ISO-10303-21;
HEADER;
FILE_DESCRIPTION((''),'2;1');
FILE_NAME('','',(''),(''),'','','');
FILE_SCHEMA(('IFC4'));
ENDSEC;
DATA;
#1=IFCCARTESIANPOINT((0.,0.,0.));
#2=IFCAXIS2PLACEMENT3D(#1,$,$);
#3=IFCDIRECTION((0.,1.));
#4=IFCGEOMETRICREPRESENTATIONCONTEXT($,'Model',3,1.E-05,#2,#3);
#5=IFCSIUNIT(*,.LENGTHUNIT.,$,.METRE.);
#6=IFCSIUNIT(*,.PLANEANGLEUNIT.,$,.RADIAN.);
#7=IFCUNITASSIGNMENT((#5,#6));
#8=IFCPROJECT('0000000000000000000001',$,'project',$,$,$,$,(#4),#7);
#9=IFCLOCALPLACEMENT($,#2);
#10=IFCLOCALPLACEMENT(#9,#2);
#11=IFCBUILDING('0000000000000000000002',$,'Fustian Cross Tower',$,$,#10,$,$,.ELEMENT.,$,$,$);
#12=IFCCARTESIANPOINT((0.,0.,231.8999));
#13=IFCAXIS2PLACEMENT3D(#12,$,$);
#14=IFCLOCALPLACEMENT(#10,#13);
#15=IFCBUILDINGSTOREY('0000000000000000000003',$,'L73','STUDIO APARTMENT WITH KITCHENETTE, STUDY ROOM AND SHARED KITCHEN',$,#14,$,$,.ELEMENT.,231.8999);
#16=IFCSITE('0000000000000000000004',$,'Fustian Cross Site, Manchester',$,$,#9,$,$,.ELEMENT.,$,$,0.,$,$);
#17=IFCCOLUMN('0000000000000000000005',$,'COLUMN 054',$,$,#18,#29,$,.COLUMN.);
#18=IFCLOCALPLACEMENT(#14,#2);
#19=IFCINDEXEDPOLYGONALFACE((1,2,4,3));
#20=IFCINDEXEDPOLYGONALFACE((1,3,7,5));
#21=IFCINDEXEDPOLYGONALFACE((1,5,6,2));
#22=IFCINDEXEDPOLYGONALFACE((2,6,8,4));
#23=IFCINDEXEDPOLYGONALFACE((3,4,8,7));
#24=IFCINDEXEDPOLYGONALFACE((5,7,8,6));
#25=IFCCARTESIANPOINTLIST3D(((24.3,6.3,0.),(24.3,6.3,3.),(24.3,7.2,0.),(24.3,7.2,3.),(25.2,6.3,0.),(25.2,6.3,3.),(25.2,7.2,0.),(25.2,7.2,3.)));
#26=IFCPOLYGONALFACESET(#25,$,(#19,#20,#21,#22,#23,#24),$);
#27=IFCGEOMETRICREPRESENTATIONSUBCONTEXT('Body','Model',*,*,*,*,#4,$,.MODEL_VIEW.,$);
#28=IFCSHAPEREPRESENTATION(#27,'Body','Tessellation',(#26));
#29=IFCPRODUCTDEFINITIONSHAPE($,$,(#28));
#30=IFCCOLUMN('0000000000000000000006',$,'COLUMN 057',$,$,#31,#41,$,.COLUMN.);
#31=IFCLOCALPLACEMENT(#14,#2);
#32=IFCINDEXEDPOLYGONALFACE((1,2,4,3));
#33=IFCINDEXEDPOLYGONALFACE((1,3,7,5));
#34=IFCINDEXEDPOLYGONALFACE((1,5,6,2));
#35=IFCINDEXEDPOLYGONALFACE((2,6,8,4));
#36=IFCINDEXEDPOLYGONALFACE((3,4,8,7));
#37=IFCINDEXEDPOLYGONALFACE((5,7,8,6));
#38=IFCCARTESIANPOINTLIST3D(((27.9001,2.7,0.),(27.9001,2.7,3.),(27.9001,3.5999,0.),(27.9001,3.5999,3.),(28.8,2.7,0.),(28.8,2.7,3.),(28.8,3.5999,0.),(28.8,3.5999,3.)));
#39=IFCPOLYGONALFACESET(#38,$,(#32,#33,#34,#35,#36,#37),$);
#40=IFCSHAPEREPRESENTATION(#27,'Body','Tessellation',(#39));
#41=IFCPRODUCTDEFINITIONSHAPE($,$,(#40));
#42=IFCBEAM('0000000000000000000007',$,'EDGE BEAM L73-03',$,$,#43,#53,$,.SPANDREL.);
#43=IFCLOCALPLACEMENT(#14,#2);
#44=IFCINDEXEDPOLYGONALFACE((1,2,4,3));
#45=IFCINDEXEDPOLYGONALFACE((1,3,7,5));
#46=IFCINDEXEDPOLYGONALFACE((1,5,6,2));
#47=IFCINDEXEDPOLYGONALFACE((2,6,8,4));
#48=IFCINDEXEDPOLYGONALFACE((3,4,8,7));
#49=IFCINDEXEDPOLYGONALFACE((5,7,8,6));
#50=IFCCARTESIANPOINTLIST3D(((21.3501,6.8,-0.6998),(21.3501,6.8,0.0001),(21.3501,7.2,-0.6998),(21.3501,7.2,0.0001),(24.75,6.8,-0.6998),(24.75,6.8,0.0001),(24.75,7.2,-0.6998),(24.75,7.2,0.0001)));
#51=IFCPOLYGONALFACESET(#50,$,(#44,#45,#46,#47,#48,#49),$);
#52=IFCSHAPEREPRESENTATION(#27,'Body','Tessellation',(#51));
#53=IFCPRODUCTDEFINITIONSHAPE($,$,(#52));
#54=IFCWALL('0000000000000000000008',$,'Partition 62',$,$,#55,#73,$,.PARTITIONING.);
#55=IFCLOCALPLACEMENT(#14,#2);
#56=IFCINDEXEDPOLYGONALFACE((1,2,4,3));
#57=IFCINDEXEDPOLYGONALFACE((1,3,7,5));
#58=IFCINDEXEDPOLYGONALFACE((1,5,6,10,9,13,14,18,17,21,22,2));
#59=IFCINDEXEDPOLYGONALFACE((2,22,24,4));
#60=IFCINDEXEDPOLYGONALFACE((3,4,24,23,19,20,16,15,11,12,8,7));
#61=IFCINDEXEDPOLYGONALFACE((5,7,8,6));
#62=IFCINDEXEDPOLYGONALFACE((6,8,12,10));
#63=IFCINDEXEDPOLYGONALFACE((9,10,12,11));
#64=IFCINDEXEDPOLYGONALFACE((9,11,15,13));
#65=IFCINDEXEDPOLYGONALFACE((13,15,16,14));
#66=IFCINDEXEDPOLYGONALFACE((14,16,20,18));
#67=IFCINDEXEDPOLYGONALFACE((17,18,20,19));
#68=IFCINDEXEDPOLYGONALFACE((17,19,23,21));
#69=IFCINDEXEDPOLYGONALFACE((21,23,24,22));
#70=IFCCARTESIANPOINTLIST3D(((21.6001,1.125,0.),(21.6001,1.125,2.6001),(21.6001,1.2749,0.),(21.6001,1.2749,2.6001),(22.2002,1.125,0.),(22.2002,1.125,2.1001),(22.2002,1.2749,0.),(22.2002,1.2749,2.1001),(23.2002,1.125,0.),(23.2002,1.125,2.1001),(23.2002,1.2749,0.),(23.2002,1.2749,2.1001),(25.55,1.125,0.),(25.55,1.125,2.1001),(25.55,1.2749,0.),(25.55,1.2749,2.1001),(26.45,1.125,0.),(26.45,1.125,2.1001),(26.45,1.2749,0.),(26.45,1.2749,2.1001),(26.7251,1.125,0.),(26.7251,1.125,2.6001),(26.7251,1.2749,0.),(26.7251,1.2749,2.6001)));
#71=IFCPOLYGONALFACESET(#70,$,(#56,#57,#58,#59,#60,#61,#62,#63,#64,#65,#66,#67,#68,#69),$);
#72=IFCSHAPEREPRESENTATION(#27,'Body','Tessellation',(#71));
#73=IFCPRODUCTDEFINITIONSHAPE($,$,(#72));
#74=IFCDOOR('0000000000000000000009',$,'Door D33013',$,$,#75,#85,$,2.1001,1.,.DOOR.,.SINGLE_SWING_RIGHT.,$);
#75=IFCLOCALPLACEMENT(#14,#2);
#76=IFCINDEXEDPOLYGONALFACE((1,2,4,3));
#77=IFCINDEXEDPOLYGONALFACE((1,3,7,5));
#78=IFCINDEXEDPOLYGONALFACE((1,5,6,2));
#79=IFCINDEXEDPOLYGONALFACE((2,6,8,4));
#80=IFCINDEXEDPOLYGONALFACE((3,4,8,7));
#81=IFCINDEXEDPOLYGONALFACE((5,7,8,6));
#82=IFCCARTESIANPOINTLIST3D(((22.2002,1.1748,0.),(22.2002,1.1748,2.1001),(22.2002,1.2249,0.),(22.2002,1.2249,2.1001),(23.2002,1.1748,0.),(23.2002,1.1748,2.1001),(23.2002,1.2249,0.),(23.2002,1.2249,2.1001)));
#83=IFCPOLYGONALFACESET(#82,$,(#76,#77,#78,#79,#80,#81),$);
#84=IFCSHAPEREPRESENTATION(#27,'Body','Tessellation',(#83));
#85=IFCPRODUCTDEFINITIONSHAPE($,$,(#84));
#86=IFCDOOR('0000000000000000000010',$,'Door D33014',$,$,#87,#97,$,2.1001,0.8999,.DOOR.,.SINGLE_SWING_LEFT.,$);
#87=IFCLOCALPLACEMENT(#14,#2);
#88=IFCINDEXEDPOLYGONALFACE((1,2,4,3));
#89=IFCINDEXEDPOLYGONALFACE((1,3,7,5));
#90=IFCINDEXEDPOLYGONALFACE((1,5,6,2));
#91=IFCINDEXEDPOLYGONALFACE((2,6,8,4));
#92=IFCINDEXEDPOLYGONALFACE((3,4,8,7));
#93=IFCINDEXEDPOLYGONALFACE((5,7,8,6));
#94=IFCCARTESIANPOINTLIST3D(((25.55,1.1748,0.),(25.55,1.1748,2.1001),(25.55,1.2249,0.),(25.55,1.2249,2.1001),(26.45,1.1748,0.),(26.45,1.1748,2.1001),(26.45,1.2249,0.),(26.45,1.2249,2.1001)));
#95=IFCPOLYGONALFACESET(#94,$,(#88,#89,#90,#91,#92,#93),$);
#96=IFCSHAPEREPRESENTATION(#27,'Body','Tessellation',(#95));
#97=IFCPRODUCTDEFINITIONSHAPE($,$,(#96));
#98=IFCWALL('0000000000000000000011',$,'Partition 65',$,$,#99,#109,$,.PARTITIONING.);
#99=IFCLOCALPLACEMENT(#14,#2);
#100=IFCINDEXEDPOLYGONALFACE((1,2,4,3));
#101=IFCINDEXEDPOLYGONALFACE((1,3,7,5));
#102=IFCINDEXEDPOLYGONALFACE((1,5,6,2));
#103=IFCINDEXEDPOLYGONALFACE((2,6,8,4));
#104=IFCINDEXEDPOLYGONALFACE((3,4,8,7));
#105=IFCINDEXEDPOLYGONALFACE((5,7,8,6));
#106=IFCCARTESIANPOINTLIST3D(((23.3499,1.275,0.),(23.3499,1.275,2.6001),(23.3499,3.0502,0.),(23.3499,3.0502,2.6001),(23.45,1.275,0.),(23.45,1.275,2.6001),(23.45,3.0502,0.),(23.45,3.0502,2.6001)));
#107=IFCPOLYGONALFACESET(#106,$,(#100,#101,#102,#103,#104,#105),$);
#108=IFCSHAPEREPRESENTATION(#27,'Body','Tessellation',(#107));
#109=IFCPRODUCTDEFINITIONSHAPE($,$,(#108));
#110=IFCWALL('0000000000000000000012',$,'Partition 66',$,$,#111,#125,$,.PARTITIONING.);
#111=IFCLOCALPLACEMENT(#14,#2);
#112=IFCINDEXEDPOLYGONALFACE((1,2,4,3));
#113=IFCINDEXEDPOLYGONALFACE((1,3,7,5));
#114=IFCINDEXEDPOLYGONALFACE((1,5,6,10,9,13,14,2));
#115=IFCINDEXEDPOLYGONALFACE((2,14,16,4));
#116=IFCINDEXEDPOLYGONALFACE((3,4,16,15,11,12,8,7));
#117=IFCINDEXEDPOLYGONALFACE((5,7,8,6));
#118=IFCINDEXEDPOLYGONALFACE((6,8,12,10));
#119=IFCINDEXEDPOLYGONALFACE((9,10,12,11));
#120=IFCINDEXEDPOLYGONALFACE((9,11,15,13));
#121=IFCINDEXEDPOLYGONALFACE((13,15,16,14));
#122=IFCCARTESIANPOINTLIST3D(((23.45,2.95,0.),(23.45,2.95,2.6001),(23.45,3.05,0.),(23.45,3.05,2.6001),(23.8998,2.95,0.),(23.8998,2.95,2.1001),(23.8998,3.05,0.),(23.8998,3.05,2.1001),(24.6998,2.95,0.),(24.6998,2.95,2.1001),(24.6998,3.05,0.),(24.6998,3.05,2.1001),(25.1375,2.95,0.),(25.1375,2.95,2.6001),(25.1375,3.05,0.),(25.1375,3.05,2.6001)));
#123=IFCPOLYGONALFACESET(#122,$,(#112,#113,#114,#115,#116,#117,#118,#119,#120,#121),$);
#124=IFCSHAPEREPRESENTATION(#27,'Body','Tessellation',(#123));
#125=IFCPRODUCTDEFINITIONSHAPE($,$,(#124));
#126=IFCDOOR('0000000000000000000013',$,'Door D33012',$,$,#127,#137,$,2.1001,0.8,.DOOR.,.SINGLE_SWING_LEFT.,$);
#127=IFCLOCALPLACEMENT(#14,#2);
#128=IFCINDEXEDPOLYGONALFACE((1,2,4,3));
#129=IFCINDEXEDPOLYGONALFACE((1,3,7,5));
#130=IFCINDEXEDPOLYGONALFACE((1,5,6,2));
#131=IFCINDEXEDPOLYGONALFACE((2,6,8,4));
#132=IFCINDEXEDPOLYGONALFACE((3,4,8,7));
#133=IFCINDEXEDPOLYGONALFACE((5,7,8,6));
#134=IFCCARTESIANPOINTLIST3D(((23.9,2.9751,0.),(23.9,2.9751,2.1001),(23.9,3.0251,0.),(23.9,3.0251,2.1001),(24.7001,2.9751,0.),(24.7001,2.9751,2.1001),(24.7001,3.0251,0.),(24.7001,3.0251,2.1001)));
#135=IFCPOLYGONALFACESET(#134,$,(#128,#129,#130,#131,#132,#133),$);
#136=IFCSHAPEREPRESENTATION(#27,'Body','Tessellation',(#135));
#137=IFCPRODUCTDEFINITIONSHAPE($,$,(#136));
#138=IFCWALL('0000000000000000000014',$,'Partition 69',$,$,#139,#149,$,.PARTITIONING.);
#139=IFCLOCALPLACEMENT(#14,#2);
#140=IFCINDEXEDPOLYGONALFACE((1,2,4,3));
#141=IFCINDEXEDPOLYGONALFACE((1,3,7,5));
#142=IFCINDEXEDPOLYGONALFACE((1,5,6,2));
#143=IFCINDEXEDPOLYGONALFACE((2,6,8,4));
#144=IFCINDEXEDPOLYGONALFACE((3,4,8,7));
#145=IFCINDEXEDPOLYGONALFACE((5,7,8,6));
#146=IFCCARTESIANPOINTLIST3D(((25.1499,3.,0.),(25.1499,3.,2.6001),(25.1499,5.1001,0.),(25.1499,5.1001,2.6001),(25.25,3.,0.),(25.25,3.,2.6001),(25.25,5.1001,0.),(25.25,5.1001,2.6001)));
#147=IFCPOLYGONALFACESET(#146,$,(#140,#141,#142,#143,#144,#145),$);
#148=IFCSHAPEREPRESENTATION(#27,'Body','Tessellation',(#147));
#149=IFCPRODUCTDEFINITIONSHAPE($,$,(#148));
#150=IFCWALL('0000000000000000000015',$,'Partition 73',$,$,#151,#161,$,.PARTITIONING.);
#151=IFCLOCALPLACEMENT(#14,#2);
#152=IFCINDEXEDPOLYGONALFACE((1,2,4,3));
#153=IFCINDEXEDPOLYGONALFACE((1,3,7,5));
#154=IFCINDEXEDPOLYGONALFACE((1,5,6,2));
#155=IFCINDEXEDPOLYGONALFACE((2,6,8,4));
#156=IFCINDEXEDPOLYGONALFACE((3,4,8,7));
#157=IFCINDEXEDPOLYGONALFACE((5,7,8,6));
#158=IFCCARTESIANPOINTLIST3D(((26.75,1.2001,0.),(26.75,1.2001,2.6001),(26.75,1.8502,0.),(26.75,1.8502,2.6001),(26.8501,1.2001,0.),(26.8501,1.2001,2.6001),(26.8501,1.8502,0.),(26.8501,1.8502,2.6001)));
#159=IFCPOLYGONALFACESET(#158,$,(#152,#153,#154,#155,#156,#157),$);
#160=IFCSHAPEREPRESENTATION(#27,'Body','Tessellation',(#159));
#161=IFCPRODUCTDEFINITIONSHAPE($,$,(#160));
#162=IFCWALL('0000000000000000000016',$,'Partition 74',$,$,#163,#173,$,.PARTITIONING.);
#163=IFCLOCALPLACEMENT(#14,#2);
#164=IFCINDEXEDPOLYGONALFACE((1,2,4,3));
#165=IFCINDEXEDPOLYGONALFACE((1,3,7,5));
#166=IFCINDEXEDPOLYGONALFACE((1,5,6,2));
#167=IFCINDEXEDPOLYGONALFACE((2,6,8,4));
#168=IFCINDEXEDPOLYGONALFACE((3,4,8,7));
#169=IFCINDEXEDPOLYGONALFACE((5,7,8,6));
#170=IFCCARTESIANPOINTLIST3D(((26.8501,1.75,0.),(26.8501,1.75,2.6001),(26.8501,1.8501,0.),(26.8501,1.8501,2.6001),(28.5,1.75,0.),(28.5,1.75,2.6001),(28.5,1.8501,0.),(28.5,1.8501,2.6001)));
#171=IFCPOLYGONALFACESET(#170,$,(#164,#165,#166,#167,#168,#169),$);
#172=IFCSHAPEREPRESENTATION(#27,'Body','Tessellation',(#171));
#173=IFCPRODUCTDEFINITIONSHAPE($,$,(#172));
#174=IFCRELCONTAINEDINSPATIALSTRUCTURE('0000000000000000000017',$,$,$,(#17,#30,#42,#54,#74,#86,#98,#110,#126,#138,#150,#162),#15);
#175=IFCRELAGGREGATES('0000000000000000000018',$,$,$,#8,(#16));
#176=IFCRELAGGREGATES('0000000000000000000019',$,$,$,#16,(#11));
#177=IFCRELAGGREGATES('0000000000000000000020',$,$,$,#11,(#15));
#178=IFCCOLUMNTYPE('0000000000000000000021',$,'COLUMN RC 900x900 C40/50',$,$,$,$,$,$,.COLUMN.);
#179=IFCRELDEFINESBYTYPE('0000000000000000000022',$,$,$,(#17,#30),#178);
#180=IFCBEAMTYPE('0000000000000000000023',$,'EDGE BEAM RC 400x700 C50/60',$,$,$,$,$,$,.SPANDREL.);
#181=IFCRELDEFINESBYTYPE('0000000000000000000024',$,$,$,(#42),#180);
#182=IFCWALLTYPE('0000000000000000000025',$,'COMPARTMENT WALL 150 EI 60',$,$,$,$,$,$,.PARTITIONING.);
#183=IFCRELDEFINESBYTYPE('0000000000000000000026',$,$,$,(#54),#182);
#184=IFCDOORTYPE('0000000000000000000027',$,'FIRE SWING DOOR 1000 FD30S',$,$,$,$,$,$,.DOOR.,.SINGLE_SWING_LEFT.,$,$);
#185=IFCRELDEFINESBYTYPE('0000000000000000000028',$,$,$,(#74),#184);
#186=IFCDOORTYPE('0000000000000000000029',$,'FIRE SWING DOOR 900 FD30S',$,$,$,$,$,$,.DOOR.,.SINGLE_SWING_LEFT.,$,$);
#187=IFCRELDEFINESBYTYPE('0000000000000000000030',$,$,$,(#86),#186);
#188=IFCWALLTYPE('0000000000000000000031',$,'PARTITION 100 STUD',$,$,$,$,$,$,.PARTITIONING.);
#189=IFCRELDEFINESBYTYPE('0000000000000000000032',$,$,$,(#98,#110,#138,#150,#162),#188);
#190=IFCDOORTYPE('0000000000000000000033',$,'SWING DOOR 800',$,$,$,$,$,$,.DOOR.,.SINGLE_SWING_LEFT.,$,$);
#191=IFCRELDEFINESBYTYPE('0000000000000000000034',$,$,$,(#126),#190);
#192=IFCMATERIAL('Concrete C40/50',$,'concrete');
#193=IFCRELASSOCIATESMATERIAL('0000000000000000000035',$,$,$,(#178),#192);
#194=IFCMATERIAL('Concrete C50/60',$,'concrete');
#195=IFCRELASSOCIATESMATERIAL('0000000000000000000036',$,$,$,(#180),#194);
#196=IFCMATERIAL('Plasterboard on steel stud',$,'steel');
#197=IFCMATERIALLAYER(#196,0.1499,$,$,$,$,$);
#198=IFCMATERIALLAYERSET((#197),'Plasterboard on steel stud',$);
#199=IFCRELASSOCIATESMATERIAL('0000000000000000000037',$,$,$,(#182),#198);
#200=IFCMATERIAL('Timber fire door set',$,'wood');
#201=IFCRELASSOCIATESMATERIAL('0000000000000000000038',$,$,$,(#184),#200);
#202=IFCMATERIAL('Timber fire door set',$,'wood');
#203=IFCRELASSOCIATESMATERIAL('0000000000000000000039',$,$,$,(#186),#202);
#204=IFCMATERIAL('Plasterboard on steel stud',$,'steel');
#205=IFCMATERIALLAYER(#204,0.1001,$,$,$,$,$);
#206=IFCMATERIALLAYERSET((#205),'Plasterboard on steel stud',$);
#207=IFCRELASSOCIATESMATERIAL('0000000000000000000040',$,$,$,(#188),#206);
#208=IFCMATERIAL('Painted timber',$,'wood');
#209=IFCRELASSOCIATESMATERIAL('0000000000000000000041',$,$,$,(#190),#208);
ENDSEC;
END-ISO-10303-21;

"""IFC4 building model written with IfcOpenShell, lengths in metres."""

from ifc_helpers import new_model, si_unit, direction, frame, frame_2d, origin, origin_2d, place, context, subcontext, project, spatial, rectangle, extrude, material, layer, layer_set, material_profile, profile_set, type_object, element, fill, save


model = new_model("IFC4")

# Units and contexts
model_context = context("Model", 3, precision=1e-05, world=origin(), true_north=direction((0.0, 1.0)))
body_context = subcontext(model_context, "Body", "Model", "MODEL_VIEW")
ifc_project = project(units=[si_unit("LENGTHUNIT", "METRE"), si_unit("PLANEANGLEUNIT", "RADIAN")], contexts=[model_context])

# Site, building, storey
site_placement = place(None, origin())
site = spatial("IfcSite", under=ifc_project, at=site_placement, Name="Fustian Cross Site, Manchester", CompositionType="ELEMENT", RefElevation=0.0)
building_placement = place(site_placement, origin())
building = spatial("IfcBuilding", under=site, at=building_placement, Name="Fustian Cross Tower", CompositionType="ELEMENT")
storey_placement = place(building_placement, frame((0.0, 0.0, 231.8999)))
storey = spatial("IfcBuildingStorey", under=building, at=storey_placement, Name="L73", Description="STUDIO APARTMENT WITH KITCHENETTE, STUDY ROOM AND SHARED KITCHEN", CompositionType="ELEMENT", Elevation=231.8999)

# Columns
ifc_material_1 = material(Name="Concrete C40/50", Category="concrete")
ifc_material_profile_1 = material_profile(ifc_material_1, rectangle(XDim=0.8999, YDim=0.8999, at=origin_2d()), Name="RC 900x900")
ifc_profile_set_1 = profile_set([ifc_material_profile_1], Name="Concrete C40/50")
column_type = type_object("IfcColumnType", Name="COLUMN RC 900x900 C40/50", PredefinedType="COLUMN", material=ifc_profile_set_1)
for number, where, z_axis, x_axis, name in (
    (1, (24.75, 6.75, 0.0), (0.0, 0.0, 1.0), (1.0, 0.0, 0.0), "COLUMN 054"),
    (2, (28.3501, 3.1499, 0.0), (0.0, 0.0, 1.0), (1.0, 0.0, 0.0), "COLUMN 057"),
):
    element("IfcColumn", number, at=place(storey_placement, frame(where, z_axis=z_axis, x_axis=x_axis)), inside=storey, type_object=column_type, Name=name, PredefinedType="COLUMN", context=body_context, shape_type="SweptSolid", body=[
        extrude(rectangle(XDim=0.8999, YDim=0.8999, at=origin_2d()), origin(), (0.0, 0.0, 1.0), 3.0),
    ])

# Beam
ifc_material_2 = material(Name="Concrete C50/60", Category="concrete")
ifc_material_profile_2 = material_profile(ifc_material_2, rectangle(XDim=0.3999, YDim=0.7, at=origin_2d()), Name="RC 400x700")
ifc_profile_set_2 = profile_set([ifc_material_profile_2], Name="Concrete C50/60")
beam_type = type_object("IfcBeamType", Name="EDGE BEAM RC 400x700 C50/60", PredefinedType="SPANDREL", material=ifc_profile_set_2)
beam_placement = place(storey_placement, frame((24.75, 7.0, -0.3499), z_axis=(-1.0, 0.0, 0.0), x_axis=(0.0, -1.0, 0.0)))
element("IfcBeam", 3, at=beam_placement, inside=storey, type_object=beam_type, Name="EDGE BEAM L73-03", PredefinedType="SPANDREL", context=body_context, shape_type="SweptSolid", body=[
    extrude(rectangle(XDim=0.3999, YDim=0.7, at=origin_2d()), origin(), (0.0, 0.0, 1.0), 3.3999),
])

# Wall, openings, doors
ifc_material_3 = material(Name="Plasterboard on steel stud", Category="steel")
ifc_layer_1 = layer(ifc_material_3, 0.1499)
ifc_layer_set_1 = layer_set([ifc_layer_1], Name="Plasterboard on steel stud")
wall_type_1 = type_object("IfcWallType", Name="COMPARTMENT WALL 150 EI 60", PredefinedType="PARTITIONING", material=ifc_layer_set_1)
wall_1_placement = place(storey_placement, frame((21.6001, 1.2, 0.0), z_axis=(0.0, 0.0, 1.0), x_axis=(1.0, 0.0, 0.0)))
wall_1 = element("IfcWall", 4, at=wall_1_placement, inside=storey, type_object=wall_type_1, Name="Partition 62", PredefinedType="PARTITIONING", context=body_context, shape_type="SweptSolid", body=[
    extrude(rectangle(XDim=5.125, YDim=0.1499, at=frame_2d((2.5625, 0.0))), origin(), (0.0, 0.0, 1.0), 2.6001),
])
opening_1_placement = place(wall_1_placement, frame((0.6001, 0.0, 0.0)))
opening_1 = element("IfcOpeningElement", 5, at=opening_1_placement, cuts=wall_1, PredefinedType="OPENING", context=body_context, shape_type="SweptSolid", body=[
    extrude(rectangle(XDim=1.0, YDim=2.1001, at=frame_2d((0.5, 1.05))), frame((0.0, 0.085, 0.0), z_axis=(0.0, -1.0, 0.0), x_axis=(1.0, 0.0, 0.0)), (0.0, 0.0, 1.0), 0.1699),
])
opening_2_placement = place(wall_1_placement, frame((3.95, 0.0, 0.0)))
opening_2 = element("IfcOpeningElement", 6, at=opening_2_placement, cuts=wall_1, PredefinedType="OPENING", context=body_context, shape_type="SweptSolid", body=[
    extrude(rectangle(XDim=0.8999, YDim=2.1001, at=frame_2d((0.45, 1.05))), frame((0.0, 0.085, 0.0), z_axis=(0.0, -1.0, 0.0), x_axis=(1.0, 0.0, 0.0)), (0.0, 0.0, 1.0), 0.1699),
])
ifc_material_4 = material(Name="Timber fire door set", Category="wood")
door_type_1 = type_object("IfcDoorType", Name="FIRE SWING DOOR 1000 FD30S", OperationType="SINGLE_SWING_LEFT", PredefinedType="DOOR", material=ifc_material_4)
door_1_placement = place(opening_1_placement, origin())
door_1 = element("IfcDoor", 7, at=door_1_placement, inside=storey, type_object=door_type_1, Name="Door D33013", OperationType="SINGLE_SWING_RIGHT", OverallHeight=2.1001, OverallWidth=1.0, PredefinedType="DOOR", context=body_context, shape_type="SweptSolid", body=[
    extrude(rectangle(XDim=1.0, YDim=2.1001, at=frame_2d((0.5, 1.05))), frame((0.0, 0.0249, 0.0), z_axis=(0.0, -1.0, 0.0), x_axis=(1.0, 0.0, 0.0)), (0.0, 0.0, 1.0), 0.05),
])
fill(opening_1, door_1)
ifc_material_5 = material(Name="Timber fire door set", Category="wood")
door_type_2 = type_object("IfcDoorType", Name="FIRE SWING DOOR 900 FD30S", OperationType="SINGLE_SWING_LEFT", PredefinedType="DOOR", material=ifc_material_5)
door_2_placement = place(opening_2_placement, origin())
door_2 = element("IfcDoor", 8, at=door_2_placement, inside=storey, type_object=door_type_2, Name="Door D33014", OperationType="SINGLE_SWING_LEFT", OverallHeight=2.1001, OverallWidth=0.8999, PredefinedType="DOOR", context=body_context, shape_type="SweptSolid", body=[
    extrude(rectangle(XDim=0.8999, YDim=2.1001, at=frame_2d((0.45, 1.05))), frame((0.0, 0.0249, 0.0), z_axis=(0.0, -1.0, 0.0), x_axis=(1.0, 0.0, 0.0)), (0.0, 0.0, 1.0), 0.05),
])
fill(opening_2, door_2)

# Wall
ifc_material_6 = material(Name="Plasterboard on steel stud", Category="steel")
ifc_layer_2 = layer(ifc_material_6, 0.1001)
ifc_layer_set_2 = layer_set([ifc_layer_2], Name="Plasterboard on steel stud")
wall_type_2 = type_object("IfcWallType", Name="PARTITION 100 STUD", PredefinedType="PARTITIONING", material=ifc_layer_set_2)
wall_2_placement = place(storey_placement, frame((23.3999, 1.2749, 0.0), z_axis=(0.0, 0.0, 1.0), x_axis=(0.0, 1.0, 0.0)))
element("IfcWall", 9, at=wall_2_placement, inside=storey, type_object=wall_type_2, Name="Partition 65", PredefinedType="PARTITIONING", context=body_context, shape_type="SweptSolid", body=[
    extrude(rectangle(XDim=1.7751, YDim=0.1001, at=frame_2d((0.8877, 0.0))), origin(), (0.0, 0.0, 1.0), 2.6001),
])

# Wall, opening, door
wall_3_placement = place(storey_placement, frame((23.45, 3.0, 0.0), z_axis=(0.0, 0.0, 1.0), x_axis=(1.0, 0.0, 0.0)))
wall_3 = element("IfcWall", 10, at=wall_3_placement, inside=storey, type_object=wall_type_2, Name="Partition 66", PredefinedType="PARTITIONING", context=body_context, shape_type="SweptSolid", body=[
    extrude(rectangle(XDim=1.6875, YDim=0.1001, at=frame_2d((0.8438, 0.0))), origin(), (0.0, 0.0, 1.0), 2.6001),
])
opening_3_placement = place(wall_3_placement, frame((0.45, 0.0, 0.0)))
opening_3 = element("IfcOpeningElement", 11, at=opening_3_placement, cuts=wall_3, PredefinedType="OPENING", context=body_context, shape_type="SweptSolid", body=[
    extrude(rectangle(XDim=0.8, YDim=2.1001, at=frame_2d((0.3999, 1.05))), frame((0.0, 0.0601, 0.0), z_axis=(0.0, -1.0, 0.0), x_axis=(1.0, 0.0, 0.0)), (0.0, 0.0, 1.0), 0.1201),
])
ifc_material_7 = material(Name="Painted timber", Category="wood")
door_type_3 = type_object("IfcDoorType", Name="SWING DOOR 800", OperationType="SINGLE_SWING_LEFT", PredefinedType="DOOR", material=ifc_material_7)
door_3_placement = place(opening_3_placement, frame((0.8, 0.0, 0.0), z_axis=(0.0, 0.0, 1.0), x_axis=(-1.0, 0.0, 0.0)))
door_3 = element("IfcDoor", 12, at=door_3_placement, inside=storey, type_object=door_type_3, Name="Door D33012", OperationType="SINGLE_SWING_LEFT", OverallHeight=2.1001, OverallWidth=0.8, PredefinedType="DOOR", context=body_context, shape_type="SweptSolid", body=[
    extrude(rectangle(XDim=0.8, YDim=2.1001, at=frame_2d((0.3999, 1.05))), frame((0.0, 0.0249, 0.0), z_axis=(0.0, -1.0, 0.0), x_axis=(1.0, 0.0, 0.0)), (0.0, 0.0, 1.0), 0.05),
])
fill(opening_3, door_3)

# Walls
wall_4_placement = place(storey_placement, frame((25.2, 3.0, 0.0), z_axis=(0.0, 0.0, 1.0), x_axis=(0.0, 1.0, 0.0)))
element("IfcWall", 13, at=wall_4_placement, inside=storey, type_object=wall_type_2, Name="Partition 69", PredefinedType="PARTITIONING", context=body_context, shape_type="SweptSolid", body=[
    extrude(rectangle(XDim=2.1001, YDim=0.1001, at=frame_2d((1.05, 0.0))), origin(), (0.0, 0.0, 1.0), 2.6001),
])
wall_5_placement = place(storey_placement, frame((26.8, 1.2, 0.0), z_axis=(0.0, 0.0, 1.0), x_axis=(0.0, 1.0, 0.0)))
element("IfcWall", 14, at=wall_5_placement, inside=storey, type_object=wall_type_2, Name="Partition 73", PredefinedType="PARTITIONING", context=body_context, shape_type="SweptSolid", body=[
    extrude(rectangle(XDim=0.6501, YDim=0.1001, at=frame_2d((0.3252, 0.0))), origin(), (0.0, 0.0, 1.0), 2.6001),
])
wall_6_placement = place(storey_placement, frame((26.8501, 1.8, 0.0), z_axis=(0.0, 0.0, 1.0), x_axis=(1.0, 0.0, 0.0)))
element("IfcWall", 15, at=wall_6_placement, inside=storey, type_object=wall_type_2, Name="Partition 74", PredefinedType="PARTITIONING", context=body_context, shape_type="SweptSolid", body=[
    extrude(rectangle(XDim=1.6499, YDim=0.1001, at=frame_2d((0.825, 0.0))), origin(), (0.0, 0.0, 1.0), 2.6001),
])

save(model, "model.ifc")
